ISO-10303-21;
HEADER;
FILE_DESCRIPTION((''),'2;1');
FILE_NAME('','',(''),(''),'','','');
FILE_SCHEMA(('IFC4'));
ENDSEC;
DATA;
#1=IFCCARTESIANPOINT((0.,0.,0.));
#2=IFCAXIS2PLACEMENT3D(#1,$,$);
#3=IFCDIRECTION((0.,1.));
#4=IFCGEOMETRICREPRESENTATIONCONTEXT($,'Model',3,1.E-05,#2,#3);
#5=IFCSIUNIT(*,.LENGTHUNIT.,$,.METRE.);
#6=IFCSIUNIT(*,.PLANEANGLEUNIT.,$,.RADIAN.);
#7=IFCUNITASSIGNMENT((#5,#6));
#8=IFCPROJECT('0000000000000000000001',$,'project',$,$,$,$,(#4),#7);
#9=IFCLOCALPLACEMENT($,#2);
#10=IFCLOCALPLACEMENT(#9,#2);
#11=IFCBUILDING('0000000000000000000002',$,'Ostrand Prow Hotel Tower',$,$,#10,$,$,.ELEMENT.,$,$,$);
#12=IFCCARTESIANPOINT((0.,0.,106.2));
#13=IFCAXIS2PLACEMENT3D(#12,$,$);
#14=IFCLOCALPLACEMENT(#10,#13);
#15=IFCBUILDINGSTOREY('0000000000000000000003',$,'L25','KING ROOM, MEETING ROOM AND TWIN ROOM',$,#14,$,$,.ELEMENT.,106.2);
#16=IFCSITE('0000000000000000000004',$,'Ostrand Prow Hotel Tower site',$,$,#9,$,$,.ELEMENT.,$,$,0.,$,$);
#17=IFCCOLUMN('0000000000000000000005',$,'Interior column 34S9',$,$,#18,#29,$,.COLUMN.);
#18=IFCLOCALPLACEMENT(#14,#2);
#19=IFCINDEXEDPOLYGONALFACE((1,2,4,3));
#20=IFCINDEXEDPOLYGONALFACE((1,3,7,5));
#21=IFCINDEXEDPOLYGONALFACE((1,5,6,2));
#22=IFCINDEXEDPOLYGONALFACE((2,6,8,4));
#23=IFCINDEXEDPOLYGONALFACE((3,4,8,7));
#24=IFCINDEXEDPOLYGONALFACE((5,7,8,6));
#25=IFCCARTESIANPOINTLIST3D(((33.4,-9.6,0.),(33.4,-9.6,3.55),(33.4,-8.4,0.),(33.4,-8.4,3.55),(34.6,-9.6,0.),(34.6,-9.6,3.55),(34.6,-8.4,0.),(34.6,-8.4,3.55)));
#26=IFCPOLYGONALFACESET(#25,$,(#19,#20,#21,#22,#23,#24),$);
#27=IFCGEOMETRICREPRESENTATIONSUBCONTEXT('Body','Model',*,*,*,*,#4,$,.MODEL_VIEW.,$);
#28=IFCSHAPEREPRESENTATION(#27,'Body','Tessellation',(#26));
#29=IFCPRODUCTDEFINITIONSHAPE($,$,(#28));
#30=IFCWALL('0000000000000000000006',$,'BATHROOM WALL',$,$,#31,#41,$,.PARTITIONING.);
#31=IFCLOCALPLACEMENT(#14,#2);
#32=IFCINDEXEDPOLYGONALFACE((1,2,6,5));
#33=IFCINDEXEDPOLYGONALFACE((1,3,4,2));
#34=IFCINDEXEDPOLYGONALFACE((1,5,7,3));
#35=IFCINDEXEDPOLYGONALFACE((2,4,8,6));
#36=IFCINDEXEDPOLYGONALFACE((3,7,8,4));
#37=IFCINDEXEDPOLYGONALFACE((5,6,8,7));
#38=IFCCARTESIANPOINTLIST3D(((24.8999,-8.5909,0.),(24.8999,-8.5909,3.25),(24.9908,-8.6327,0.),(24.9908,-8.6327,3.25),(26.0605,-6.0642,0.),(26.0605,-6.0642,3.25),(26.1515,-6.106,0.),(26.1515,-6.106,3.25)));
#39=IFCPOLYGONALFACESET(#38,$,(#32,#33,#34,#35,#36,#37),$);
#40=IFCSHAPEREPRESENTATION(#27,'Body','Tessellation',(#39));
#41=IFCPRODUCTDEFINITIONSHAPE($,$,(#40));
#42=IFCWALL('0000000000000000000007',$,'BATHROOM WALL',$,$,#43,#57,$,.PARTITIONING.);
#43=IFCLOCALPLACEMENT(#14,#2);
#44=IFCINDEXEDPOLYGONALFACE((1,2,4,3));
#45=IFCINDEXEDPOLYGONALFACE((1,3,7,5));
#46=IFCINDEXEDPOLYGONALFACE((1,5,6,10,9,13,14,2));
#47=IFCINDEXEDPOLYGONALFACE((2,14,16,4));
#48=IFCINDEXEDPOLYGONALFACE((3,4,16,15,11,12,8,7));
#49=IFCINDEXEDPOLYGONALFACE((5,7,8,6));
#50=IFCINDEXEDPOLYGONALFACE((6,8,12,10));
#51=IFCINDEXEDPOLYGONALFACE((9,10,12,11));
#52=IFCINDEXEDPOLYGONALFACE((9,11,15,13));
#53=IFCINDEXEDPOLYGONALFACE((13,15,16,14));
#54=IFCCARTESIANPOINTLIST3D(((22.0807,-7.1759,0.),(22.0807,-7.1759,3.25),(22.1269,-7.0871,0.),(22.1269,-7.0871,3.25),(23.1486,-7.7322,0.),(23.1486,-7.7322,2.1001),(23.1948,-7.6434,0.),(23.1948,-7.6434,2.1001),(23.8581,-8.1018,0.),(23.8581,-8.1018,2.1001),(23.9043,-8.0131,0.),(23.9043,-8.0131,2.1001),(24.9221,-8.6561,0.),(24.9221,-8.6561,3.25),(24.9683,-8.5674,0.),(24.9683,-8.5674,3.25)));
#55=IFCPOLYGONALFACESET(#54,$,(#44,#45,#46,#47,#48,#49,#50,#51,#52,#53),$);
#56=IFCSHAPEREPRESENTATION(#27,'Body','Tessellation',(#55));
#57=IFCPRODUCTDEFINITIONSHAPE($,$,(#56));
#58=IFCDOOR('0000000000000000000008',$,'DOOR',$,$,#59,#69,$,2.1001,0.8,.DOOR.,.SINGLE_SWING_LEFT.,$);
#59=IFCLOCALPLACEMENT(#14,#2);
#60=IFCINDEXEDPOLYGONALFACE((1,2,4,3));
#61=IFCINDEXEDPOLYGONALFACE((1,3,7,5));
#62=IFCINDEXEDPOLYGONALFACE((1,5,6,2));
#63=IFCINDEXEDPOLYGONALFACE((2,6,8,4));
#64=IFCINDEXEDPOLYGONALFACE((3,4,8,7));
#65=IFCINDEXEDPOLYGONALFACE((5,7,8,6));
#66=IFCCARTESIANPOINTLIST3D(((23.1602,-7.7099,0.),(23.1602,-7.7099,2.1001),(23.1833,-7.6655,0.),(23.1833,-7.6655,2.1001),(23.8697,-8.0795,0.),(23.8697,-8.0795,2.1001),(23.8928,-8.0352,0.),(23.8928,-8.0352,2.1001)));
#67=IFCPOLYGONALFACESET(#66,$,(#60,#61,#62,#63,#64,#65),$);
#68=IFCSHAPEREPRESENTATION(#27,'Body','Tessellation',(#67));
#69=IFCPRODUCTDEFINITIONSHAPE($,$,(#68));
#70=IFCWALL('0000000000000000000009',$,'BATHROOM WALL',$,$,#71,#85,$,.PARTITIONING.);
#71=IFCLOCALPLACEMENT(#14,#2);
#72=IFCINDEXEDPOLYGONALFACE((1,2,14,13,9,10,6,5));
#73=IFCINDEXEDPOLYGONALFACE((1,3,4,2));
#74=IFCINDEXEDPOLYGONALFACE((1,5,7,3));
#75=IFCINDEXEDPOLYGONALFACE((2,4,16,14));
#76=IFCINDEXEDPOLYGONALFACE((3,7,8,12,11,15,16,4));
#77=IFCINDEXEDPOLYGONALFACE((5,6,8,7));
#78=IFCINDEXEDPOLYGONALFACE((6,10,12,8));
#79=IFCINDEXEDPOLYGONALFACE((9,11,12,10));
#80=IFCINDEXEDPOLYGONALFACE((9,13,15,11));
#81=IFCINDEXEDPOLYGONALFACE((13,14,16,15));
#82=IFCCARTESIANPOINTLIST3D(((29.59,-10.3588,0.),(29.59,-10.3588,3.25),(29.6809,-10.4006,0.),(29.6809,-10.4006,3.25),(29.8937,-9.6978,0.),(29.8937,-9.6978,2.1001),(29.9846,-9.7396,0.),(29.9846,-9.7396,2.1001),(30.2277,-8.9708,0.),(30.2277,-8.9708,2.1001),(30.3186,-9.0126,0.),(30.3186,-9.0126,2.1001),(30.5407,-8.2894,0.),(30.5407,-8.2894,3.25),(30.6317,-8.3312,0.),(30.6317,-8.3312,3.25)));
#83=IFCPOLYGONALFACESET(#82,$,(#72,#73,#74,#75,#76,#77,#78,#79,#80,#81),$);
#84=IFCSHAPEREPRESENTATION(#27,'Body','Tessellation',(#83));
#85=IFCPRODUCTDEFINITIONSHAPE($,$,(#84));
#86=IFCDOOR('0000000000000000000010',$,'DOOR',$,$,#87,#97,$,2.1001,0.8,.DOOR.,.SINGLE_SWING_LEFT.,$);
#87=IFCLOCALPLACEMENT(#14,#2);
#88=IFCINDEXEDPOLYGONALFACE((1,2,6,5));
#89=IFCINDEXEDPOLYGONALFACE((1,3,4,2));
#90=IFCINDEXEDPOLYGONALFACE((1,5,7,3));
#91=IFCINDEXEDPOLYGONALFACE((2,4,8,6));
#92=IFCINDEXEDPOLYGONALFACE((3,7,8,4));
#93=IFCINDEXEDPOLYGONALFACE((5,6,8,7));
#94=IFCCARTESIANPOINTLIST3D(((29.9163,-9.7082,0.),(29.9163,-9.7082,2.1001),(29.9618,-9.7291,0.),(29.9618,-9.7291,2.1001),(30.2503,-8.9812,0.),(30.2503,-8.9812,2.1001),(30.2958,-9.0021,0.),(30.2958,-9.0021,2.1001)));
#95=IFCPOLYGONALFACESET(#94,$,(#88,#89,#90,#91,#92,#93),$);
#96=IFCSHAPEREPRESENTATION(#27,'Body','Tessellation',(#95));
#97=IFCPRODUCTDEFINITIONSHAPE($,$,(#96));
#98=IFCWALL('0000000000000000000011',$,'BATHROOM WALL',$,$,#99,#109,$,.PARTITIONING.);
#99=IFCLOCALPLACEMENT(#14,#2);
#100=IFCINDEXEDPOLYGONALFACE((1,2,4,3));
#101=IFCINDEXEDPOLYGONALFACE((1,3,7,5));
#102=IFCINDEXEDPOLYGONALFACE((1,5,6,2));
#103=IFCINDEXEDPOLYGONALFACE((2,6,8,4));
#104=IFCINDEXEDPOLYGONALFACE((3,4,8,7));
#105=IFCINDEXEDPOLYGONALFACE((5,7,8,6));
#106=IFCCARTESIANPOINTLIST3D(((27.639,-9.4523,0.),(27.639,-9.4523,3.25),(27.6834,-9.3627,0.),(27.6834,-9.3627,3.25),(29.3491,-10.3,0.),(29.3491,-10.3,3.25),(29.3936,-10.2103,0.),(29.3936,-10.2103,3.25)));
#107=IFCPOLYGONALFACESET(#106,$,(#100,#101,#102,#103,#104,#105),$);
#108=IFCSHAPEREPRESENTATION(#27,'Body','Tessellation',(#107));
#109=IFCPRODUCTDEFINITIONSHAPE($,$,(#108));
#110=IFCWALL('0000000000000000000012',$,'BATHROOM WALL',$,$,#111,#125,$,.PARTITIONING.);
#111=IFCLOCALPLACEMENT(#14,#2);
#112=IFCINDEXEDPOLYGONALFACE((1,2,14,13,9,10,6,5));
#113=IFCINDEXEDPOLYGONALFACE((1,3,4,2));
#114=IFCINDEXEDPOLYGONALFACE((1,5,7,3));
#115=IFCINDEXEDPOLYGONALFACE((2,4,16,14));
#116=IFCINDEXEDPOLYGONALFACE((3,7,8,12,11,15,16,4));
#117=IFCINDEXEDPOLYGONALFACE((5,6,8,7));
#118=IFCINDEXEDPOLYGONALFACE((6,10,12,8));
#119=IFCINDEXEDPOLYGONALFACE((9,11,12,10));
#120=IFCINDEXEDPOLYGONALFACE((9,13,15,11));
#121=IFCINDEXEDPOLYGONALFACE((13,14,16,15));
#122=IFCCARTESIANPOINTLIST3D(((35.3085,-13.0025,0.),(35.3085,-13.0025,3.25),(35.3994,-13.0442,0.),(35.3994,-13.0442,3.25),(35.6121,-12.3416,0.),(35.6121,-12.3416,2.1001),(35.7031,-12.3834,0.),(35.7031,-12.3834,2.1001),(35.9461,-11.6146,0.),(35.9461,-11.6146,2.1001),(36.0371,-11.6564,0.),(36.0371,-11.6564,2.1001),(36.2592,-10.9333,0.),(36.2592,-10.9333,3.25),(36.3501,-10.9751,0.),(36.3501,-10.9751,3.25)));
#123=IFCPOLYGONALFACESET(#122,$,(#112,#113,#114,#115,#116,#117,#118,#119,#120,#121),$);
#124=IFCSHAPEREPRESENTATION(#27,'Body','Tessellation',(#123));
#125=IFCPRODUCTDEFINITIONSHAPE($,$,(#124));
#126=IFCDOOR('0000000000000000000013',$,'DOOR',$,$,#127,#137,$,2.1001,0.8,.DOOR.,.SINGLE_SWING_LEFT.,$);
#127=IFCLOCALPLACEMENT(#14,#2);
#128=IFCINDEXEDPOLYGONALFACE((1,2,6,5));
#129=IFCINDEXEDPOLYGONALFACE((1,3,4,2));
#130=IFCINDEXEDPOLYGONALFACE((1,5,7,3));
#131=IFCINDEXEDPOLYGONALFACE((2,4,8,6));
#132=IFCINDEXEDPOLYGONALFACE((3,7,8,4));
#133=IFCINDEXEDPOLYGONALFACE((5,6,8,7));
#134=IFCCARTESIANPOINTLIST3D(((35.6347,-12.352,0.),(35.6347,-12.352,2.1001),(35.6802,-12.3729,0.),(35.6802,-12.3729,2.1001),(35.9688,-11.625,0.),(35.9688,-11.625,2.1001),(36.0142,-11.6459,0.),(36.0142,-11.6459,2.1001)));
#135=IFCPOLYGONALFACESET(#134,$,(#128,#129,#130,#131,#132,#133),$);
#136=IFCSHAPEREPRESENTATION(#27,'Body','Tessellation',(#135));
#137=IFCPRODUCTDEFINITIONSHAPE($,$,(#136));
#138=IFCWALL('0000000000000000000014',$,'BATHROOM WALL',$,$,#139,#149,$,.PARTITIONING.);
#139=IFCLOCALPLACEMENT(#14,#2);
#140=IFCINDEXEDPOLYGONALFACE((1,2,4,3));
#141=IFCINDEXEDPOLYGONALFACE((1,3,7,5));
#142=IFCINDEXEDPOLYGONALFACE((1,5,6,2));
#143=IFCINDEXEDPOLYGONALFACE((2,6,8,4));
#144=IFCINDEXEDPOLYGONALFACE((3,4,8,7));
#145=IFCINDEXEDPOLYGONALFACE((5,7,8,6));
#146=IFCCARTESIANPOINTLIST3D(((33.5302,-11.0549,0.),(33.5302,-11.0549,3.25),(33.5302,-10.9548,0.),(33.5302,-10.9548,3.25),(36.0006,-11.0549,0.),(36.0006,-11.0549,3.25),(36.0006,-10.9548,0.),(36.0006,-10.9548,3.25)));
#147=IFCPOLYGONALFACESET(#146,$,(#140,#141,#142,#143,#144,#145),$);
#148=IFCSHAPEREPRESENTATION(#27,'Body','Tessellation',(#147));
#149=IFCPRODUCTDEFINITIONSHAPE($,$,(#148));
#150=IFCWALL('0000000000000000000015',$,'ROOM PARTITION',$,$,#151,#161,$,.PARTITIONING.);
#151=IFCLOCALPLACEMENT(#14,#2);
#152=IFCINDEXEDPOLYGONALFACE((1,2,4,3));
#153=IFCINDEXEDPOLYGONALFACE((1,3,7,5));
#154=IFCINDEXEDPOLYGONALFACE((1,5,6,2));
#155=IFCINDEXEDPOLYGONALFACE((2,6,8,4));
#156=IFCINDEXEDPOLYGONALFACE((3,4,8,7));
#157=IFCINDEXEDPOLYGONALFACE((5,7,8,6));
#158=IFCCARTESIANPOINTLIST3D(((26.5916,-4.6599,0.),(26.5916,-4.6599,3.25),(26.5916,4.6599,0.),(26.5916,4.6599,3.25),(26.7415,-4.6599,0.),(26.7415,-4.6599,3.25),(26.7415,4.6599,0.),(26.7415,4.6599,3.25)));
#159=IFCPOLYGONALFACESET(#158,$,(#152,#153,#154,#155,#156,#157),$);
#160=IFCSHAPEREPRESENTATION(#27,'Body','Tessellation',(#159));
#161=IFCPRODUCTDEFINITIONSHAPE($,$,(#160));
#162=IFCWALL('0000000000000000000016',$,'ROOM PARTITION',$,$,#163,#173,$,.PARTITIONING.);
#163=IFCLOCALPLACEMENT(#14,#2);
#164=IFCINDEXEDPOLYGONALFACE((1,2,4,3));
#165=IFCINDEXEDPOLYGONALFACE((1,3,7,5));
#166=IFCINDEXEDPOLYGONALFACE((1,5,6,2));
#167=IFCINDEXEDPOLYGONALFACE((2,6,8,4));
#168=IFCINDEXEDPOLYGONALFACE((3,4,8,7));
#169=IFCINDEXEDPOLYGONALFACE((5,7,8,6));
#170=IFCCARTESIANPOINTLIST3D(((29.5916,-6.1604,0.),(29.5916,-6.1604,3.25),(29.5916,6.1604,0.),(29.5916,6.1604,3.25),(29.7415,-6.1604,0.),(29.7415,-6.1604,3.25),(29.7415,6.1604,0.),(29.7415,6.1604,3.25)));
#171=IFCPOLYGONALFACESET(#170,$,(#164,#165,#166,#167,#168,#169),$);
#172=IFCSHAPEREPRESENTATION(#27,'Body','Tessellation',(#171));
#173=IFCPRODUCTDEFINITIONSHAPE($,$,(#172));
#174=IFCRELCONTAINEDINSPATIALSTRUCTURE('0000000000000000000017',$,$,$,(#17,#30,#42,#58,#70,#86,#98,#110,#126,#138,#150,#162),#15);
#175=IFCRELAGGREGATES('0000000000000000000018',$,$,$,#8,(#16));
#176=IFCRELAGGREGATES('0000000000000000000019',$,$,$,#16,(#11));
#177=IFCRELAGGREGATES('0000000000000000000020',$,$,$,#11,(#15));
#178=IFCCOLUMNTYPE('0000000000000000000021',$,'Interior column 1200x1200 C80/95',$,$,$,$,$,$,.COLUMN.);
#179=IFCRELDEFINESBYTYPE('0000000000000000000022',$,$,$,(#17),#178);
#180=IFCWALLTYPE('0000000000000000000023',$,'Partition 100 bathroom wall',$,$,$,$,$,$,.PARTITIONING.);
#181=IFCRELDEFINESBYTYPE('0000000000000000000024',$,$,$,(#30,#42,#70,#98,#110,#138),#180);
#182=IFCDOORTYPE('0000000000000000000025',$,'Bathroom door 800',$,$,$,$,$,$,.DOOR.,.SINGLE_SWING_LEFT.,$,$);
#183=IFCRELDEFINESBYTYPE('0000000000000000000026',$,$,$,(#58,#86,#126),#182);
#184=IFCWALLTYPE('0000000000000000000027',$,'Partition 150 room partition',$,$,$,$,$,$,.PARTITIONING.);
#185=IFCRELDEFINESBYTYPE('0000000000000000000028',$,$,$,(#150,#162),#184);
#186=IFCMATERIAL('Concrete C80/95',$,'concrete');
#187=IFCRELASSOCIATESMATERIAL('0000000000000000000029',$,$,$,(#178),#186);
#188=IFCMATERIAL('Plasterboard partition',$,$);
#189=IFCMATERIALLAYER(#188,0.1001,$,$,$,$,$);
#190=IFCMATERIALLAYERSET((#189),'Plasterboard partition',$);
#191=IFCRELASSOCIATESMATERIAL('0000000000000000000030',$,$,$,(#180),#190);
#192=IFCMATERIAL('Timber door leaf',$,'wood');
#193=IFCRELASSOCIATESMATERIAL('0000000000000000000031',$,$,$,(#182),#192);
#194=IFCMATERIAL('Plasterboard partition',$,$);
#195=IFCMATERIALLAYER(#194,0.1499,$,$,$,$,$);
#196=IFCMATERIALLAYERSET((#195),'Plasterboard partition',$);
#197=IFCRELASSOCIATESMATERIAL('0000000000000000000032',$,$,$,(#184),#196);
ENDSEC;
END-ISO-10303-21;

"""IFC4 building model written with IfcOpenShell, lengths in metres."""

from ifc_helpers import new_model, si_unit, direction, frame, frame_2d, origin, origin_2d, place, context, subcontext, project, spatial, rectangle, extrude, material, layer, layer_set, material_profile, profile_set, type_object, element, fill, save


model = new_model("IFC4")

# Units and contexts
model_context = context("Model", 3, precision=1e-05, world=origin(), true_north=direction((0.0, 1.0)))
body_context = subcontext(model_context, "Body", "Model", "MODEL_VIEW")
ifc_project = project(units=[si_unit("LENGTHUNIT", "METRE"), si_unit("PLANEANGLEUNIT", "RADIAN")], contexts=[model_context])

# Site, building, storey
site_placement = place(None, origin())
site = spatial("IfcSite", under=ifc_project, at=site_placement, Name="Ostrand Prow Hotel Tower site", CompositionType="ELEMENT", RefElevation=0.0)
building_placement = place(site_placement, origin())
building = spatial("IfcBuilding", under=site, at=building_placement, Name="Ostrand Prow Hotel Tower", CompositionType="ELEMENT")
storey_placement = place(building_placement, frame((0.0, 0.0, 106.2)))
storey = spatial("IfcBuildingStorey", under=building, at=storey_placement, Name="L25", Description="KING ROOM, MEETING ROOM AND TWIN ROOM", CompositionType="ELEMENT", Elevation=106.2)

# Column
ifc_material_1 = material(Name="Concrete C80/95", Category="concrete")
ifc_material_profile = material_profile(ifc_material_1, rectangle(XDim=1.2, YDim=1.2, at=origin_2d()), Name="RC 1200x1200")
ifc_profile_set = profile_set([ifc_material_profile], Name="Concrete C80/95")
column_type = type_object("IfcColumnType", Name="Interior column 1200x1200 C80/95", PredefinedType="COLUMN", material=ifc_profile_set)
column_placement = place(storey_placement, frame((34.0, -9.0, 0.0), z_axis=(0.0, 0.0, 1.0), x_axis=(1.0, 0.0, 0.0)))
element("IfcColumn", 1, at=column_placement, inside=storey, type_object=column_type, Name="Interior column 34S9", PredefinedType="COLUMN", context=body_context, shape_type="SweptSolid", body=[
    extrude(rectangle(XDim=1.2, YDim=1.2, at=origin_2d()), origin(), (0.0, 0.0, 1.0), 3.55),
])

# Wall
ifc_material_2 = material(Name="Plasterboard partition")
ifc_layer_1 = layer(ifc_material_2, 0.1001)
ifc_layer_set_1 = layer_set([ifc_layer_1], Name="Plasterboard partition")
wall_type_1 = type_object("IfcWallType", Name="Partition 100 bathroom wall", PredefinedType="PARTITIONING", material=ifc_layer_set_1)
wall_1_placement = place(storey_placement, frame((26.106, -6.0852, 0.0), z_axis=(0.0, 0.0, 1.0), x_axis=(-0.417432, -0.908708, 0.0)))
element("IfcWall", 2, at=wall_1_placement, inside=storey, type_object=wall_type_1, Name="BATHROOM WALL", PredefinedType="PARTITIONING", context=body_context, shape_type="SweptSolid", body=[
    extrude(rectangle(XDim=2.7805, YDim=0.1001, at=frame_2d((1.3901, 0.0))), origin(), (0.0, 0.0, 1.0), 3.25),
])

# Walls, openings, doors
wall_2_placement = place(storey_placement, frame((24.9453, -8.6118, 0.0), z_axis=(0.0, 0.0, 1.0), x_axis=(-0.886866, 0.462027, 0.0)))
wall_2 = element("IfcWall", 3, at=wall_2_placement, inside=storey, type_object=wall_type_1, Name="BATHROOM WALL", PredefinedType="PARTITIONING", context=body_context, shape_type="SweptSolid", body=[
    extrude(rectangle(XDim=3.2039, YDim=0.1001, at=frame_2d((1.6021, 0.0))), origin(), (0.0, 0.0, 1.0), 3.25),
])
opening_1_placement = place(wall_2_placement, frame((1.2, 0.0, 0.0)))
opening_1 = element("IfcOpeningElement", 4, at=opening_1_placement, cuts=wall_2, PredefinedType="OPENING", context=body_context, shape_type="SweptSolid", body=[
    extrude(rectangle(XDim=0.8, YDim=2.1001, at=frame_2d((0.3999, 1.05))), frame((0.0, 0.0601, 0.0), z_axis=(0.0, -1.0, 0.0), x_axis=(1.0, 0.0, 0.0)), (0.0, 0.0, 1.0), 0.1201),
])
ifc_material_3 = material(Name="Timber door leaf", Category="wood")
door_type_1 = type_object("IfcDoorType", Name="Bathroom door 800", OperationType="SINGLE_SWING_LEFT", PredefinedType="DOOR", material=ifc_material_3)
door_1_placement = place(opening_1_placement, origin())
door_1 = element("IfcDoor", 5, at=door_1_placement, inside=storey, type_object=door_type_1, Name="DOOR", OperationType="SINGLE_SWING_LEFT", OverallHeight=2.1001, OverallWidth=0.8, PredefinedType="DOOR", context=body_context, shape_type="SweptSolid", body=[
    extrude(rectangle(XDim=0.8, YDim=2.1001, at=frame_2d((0.3999, 1.05))), frame((0.0, 0.0249, 0.0), z_axis=(0.0, -1.0, 0.0), x_axis=(1.0, 0.0, 0.0)), (0.0, 0.0, 1.0), 0.05),
])
fill(opening_1, door_1)
wall_3_placement = place(storey_placement, frame((30.5862, -8.3103, 0.0), z_axis=(0.0, 0.0, 1.0), x_axis=(-0.417467, -0.908692, 0.0)))
wall_3 = element("IfcWall", 6, at=wall_3_placement, inside=storey, type_object=wall_type_1, Name="BATHROOM WALL", PredefinedType="PARTITIONING", context=body_context, shape_type="SweptSolid", body=[
    extrude(rectangle(XDim=2.2773, YDim=0.1001, at=frame_2d((1.1387, 0.0))), origin(), (0.0, 0.0, 1.0), 3.25),
])
opening_2_placement = place(wall_3_placement, frame((0.75, 0.0, 0.0)))
opening_2 = element("IfcOpeningElement", 7, at=opening_2_placement, cuts=wall_3, PredefinedType="OPENING", context=body_context, shape_type="SweptSolid", body=[
    extrude(rectangle(XDim=0.8, YDim=2.1001, at=frame_2d((0.3999, 1.05))), frame((0.0, 0.0601, 0.0), z_axis=(0.0, -1.0, 0.0), x_axis=(1.0, 0.0, 0.0)), (0.0, 0.0, 1.0), 0.1201),
])
door_2_placement = place(opening_2_placement, origin())
door_2 = element("IfcDoor", 8, at=door_2_placement, inside=storey, type_object=door_type_1, Name="DOOR", OperationType="SINGLE_SWING_LEFT", OverallHeight=2.1001, OverallWidth=0.8, PredefinedType="DOOR", context=body_context, shape_type="SweptSolid", body=[
    extrude(rectangle(XDim=0.8, YDim=2.1001, at=frame_2d((0.3999, 1.05))), frame((0.0, 0.0249, 0.0), z_axis=(0.0, -1.0, 0.0), x_axis=(1.0, 0.0, 0.0)), (0.0, 0.0, 1.0), 0.05),
])
fill(opening_2, door_2)

# Wall
wall_4_placement = place(storey_placement, frame((29.3713, -10.2551, 0.0), z_axis=(0.0, 0.0, 1.0), x_axis=(-0.895982, 0.44409, 0.0)))
element("IfcWall", 9, at=wall_4_placement, inside=storey, type_object=wall_type_1, Name="BATHROOM WALL", PredefinedType="PARTITIONING", context=body_context, shape_type="SweptSolid", body=[
    extrude(rectangle(XDim=1.9087, YDim=0.1001, at=frame_2d((0.9543, 0.0))), origin(), (0.0, 0.0, 1.0), 3.25),
])

# Wall, opening, door
wall_5_placement = place(storey_placement, frame((36.3047, -10.9541, 0.0), z_axis=(0.0, 0.0, 1.0), x_axis=(-0.417507, -0.908674, 0.0)))
wall_5 = element("IfcWall", 10, at=wall_5_placement, inside=storey, type_object=wall_type_1, Name="BATHROOM WALL", PredefinedType="PARTITIONING", context=body_context, shape_type="SweptSolid", body=[
    extrude(rectangle(XDim=2.2771, YDim=0.1001, at=frame_2d((1.1387, 0.0))), origin(), (0.0, 0.0, 1.0), 3.25),
])
opening_3_placement = place(wall_5_placement, frame((0.75, 0.0, 0.0)))
opening_3 = element("IfcOpeningElement", 11, at=opening_3_placement, cuts=wall_5, PredefinedType="OPENING", context=body_context, shape_type="SweptSolid", body=[
    extrude(rectangle(XDim=0.8, YDim=2.1001, at=frame_2d((0.3999, 1.05))), frame((0.0, 0.0601, 0.0), z_axis=(0.0, -1.0, 0.0), x_axis=(1.0, 0.0, 0.0)), (0.0, 0.0, 1.0), 0.1201),
])
door_3_placement = place(opening_3_placement, origin())
door_3 = element("IfcDoor", 12, at=door_3_placement, inside=storey, type_object=door_type_1, Name="DOOR", OperationType="SINGLE_SWING_LEFT", OverallHeight=2.1001, OverallWidth=0.8, PredefinedType="DOOR", context=body_context, shape_type="SweptSolid", body=[
    extrude(rectangle(XDim=0.8, YDim=2.1001, at=frame_2d((0.3999, 1.05))), frame((0.0, 0.0249, 0.0), z_axis=(0.0, -1.0, 0.0), x_axis=(1.0, 0.0, 0.0)), (0.0, 0.0, 1.0), 0.05),
])
fill(opening_3, door_3)

# Walls
wall_6_placement = place(storey_placement, frame((33.53, -11.0049, 0.0), z_axis=(0.0, 0.0, 1.0), x_axis=(1.0, 0.0, 0.0)))
element("IfcWall", 13, at=wall_6_placement, inside=storey, type_object=wall_type_1, Name="BATHROOM WALL", PredefinedType="PARTITIONING", context=body_context, shape_type="SweptSolid", body=[
    extrude(rectangle(XDim=2.4705, YDim=0.1001, at=frame_2d((1.2354, 0.0))), origin(), (0.0, 0.0, 1.0), 3.25),
])
ifc_material_4 = material(Name="Plasterboard partition")
ifc_layer_2 = layer(ifc_material_4, 0.1499)
ifc_layer_set_2 = layer_set([ifc_layer_2], Name="Plasterboard partition")
wall_type_2 = type_object("IfcWallType", Name="Partition 150 room partition", PredefinedType="PARTITIONING", material=ifc_layer_set_2)
wall_7_placement = place(storey_placement, frame((26.6665, -4.6599, 0.0), z_axis=(0.0, 0.0, 1.0), x_axis=(0.0, 1.0, 0.0)))
element("IfcWall", 14, at=wall_7_placement, inside=storey, type_object=wall_type_2, Name="ROOM PARTITION", PredefinedType="PARTITIONING", context=body_context, shape_type="SweptSolid", body=[
    extrude(rectangle(XDim=9.3198, YDim=0.1499, at=frame_2d((4.6599, 0.0))), origin(), (0.0, 0.0, 1.0), 3.25),
])
wall_8_placement = place(storey_placement, frame((29.6665, -6.1604, 0.0), z_axis=(0.0, 0.0, 1.0), x_axis=(0.0, 1.0, 0.0)))
element("IfcWall", 15, at=wall_8_placement, inside=storey, type_object=wall_type_2, Name="ROOM PARTITION", PredefinedType="PARTITIONING", context=body_context, shape_type="SweptSolid", body=[
    extrude(rectangle(XDim=12.3208, YDim=0.1499, at=frame_2d((6.1604, 0.0))), origin(), (0.0, 0.0, 1.0), 3.25),
])

save(model, "model.ifc")
